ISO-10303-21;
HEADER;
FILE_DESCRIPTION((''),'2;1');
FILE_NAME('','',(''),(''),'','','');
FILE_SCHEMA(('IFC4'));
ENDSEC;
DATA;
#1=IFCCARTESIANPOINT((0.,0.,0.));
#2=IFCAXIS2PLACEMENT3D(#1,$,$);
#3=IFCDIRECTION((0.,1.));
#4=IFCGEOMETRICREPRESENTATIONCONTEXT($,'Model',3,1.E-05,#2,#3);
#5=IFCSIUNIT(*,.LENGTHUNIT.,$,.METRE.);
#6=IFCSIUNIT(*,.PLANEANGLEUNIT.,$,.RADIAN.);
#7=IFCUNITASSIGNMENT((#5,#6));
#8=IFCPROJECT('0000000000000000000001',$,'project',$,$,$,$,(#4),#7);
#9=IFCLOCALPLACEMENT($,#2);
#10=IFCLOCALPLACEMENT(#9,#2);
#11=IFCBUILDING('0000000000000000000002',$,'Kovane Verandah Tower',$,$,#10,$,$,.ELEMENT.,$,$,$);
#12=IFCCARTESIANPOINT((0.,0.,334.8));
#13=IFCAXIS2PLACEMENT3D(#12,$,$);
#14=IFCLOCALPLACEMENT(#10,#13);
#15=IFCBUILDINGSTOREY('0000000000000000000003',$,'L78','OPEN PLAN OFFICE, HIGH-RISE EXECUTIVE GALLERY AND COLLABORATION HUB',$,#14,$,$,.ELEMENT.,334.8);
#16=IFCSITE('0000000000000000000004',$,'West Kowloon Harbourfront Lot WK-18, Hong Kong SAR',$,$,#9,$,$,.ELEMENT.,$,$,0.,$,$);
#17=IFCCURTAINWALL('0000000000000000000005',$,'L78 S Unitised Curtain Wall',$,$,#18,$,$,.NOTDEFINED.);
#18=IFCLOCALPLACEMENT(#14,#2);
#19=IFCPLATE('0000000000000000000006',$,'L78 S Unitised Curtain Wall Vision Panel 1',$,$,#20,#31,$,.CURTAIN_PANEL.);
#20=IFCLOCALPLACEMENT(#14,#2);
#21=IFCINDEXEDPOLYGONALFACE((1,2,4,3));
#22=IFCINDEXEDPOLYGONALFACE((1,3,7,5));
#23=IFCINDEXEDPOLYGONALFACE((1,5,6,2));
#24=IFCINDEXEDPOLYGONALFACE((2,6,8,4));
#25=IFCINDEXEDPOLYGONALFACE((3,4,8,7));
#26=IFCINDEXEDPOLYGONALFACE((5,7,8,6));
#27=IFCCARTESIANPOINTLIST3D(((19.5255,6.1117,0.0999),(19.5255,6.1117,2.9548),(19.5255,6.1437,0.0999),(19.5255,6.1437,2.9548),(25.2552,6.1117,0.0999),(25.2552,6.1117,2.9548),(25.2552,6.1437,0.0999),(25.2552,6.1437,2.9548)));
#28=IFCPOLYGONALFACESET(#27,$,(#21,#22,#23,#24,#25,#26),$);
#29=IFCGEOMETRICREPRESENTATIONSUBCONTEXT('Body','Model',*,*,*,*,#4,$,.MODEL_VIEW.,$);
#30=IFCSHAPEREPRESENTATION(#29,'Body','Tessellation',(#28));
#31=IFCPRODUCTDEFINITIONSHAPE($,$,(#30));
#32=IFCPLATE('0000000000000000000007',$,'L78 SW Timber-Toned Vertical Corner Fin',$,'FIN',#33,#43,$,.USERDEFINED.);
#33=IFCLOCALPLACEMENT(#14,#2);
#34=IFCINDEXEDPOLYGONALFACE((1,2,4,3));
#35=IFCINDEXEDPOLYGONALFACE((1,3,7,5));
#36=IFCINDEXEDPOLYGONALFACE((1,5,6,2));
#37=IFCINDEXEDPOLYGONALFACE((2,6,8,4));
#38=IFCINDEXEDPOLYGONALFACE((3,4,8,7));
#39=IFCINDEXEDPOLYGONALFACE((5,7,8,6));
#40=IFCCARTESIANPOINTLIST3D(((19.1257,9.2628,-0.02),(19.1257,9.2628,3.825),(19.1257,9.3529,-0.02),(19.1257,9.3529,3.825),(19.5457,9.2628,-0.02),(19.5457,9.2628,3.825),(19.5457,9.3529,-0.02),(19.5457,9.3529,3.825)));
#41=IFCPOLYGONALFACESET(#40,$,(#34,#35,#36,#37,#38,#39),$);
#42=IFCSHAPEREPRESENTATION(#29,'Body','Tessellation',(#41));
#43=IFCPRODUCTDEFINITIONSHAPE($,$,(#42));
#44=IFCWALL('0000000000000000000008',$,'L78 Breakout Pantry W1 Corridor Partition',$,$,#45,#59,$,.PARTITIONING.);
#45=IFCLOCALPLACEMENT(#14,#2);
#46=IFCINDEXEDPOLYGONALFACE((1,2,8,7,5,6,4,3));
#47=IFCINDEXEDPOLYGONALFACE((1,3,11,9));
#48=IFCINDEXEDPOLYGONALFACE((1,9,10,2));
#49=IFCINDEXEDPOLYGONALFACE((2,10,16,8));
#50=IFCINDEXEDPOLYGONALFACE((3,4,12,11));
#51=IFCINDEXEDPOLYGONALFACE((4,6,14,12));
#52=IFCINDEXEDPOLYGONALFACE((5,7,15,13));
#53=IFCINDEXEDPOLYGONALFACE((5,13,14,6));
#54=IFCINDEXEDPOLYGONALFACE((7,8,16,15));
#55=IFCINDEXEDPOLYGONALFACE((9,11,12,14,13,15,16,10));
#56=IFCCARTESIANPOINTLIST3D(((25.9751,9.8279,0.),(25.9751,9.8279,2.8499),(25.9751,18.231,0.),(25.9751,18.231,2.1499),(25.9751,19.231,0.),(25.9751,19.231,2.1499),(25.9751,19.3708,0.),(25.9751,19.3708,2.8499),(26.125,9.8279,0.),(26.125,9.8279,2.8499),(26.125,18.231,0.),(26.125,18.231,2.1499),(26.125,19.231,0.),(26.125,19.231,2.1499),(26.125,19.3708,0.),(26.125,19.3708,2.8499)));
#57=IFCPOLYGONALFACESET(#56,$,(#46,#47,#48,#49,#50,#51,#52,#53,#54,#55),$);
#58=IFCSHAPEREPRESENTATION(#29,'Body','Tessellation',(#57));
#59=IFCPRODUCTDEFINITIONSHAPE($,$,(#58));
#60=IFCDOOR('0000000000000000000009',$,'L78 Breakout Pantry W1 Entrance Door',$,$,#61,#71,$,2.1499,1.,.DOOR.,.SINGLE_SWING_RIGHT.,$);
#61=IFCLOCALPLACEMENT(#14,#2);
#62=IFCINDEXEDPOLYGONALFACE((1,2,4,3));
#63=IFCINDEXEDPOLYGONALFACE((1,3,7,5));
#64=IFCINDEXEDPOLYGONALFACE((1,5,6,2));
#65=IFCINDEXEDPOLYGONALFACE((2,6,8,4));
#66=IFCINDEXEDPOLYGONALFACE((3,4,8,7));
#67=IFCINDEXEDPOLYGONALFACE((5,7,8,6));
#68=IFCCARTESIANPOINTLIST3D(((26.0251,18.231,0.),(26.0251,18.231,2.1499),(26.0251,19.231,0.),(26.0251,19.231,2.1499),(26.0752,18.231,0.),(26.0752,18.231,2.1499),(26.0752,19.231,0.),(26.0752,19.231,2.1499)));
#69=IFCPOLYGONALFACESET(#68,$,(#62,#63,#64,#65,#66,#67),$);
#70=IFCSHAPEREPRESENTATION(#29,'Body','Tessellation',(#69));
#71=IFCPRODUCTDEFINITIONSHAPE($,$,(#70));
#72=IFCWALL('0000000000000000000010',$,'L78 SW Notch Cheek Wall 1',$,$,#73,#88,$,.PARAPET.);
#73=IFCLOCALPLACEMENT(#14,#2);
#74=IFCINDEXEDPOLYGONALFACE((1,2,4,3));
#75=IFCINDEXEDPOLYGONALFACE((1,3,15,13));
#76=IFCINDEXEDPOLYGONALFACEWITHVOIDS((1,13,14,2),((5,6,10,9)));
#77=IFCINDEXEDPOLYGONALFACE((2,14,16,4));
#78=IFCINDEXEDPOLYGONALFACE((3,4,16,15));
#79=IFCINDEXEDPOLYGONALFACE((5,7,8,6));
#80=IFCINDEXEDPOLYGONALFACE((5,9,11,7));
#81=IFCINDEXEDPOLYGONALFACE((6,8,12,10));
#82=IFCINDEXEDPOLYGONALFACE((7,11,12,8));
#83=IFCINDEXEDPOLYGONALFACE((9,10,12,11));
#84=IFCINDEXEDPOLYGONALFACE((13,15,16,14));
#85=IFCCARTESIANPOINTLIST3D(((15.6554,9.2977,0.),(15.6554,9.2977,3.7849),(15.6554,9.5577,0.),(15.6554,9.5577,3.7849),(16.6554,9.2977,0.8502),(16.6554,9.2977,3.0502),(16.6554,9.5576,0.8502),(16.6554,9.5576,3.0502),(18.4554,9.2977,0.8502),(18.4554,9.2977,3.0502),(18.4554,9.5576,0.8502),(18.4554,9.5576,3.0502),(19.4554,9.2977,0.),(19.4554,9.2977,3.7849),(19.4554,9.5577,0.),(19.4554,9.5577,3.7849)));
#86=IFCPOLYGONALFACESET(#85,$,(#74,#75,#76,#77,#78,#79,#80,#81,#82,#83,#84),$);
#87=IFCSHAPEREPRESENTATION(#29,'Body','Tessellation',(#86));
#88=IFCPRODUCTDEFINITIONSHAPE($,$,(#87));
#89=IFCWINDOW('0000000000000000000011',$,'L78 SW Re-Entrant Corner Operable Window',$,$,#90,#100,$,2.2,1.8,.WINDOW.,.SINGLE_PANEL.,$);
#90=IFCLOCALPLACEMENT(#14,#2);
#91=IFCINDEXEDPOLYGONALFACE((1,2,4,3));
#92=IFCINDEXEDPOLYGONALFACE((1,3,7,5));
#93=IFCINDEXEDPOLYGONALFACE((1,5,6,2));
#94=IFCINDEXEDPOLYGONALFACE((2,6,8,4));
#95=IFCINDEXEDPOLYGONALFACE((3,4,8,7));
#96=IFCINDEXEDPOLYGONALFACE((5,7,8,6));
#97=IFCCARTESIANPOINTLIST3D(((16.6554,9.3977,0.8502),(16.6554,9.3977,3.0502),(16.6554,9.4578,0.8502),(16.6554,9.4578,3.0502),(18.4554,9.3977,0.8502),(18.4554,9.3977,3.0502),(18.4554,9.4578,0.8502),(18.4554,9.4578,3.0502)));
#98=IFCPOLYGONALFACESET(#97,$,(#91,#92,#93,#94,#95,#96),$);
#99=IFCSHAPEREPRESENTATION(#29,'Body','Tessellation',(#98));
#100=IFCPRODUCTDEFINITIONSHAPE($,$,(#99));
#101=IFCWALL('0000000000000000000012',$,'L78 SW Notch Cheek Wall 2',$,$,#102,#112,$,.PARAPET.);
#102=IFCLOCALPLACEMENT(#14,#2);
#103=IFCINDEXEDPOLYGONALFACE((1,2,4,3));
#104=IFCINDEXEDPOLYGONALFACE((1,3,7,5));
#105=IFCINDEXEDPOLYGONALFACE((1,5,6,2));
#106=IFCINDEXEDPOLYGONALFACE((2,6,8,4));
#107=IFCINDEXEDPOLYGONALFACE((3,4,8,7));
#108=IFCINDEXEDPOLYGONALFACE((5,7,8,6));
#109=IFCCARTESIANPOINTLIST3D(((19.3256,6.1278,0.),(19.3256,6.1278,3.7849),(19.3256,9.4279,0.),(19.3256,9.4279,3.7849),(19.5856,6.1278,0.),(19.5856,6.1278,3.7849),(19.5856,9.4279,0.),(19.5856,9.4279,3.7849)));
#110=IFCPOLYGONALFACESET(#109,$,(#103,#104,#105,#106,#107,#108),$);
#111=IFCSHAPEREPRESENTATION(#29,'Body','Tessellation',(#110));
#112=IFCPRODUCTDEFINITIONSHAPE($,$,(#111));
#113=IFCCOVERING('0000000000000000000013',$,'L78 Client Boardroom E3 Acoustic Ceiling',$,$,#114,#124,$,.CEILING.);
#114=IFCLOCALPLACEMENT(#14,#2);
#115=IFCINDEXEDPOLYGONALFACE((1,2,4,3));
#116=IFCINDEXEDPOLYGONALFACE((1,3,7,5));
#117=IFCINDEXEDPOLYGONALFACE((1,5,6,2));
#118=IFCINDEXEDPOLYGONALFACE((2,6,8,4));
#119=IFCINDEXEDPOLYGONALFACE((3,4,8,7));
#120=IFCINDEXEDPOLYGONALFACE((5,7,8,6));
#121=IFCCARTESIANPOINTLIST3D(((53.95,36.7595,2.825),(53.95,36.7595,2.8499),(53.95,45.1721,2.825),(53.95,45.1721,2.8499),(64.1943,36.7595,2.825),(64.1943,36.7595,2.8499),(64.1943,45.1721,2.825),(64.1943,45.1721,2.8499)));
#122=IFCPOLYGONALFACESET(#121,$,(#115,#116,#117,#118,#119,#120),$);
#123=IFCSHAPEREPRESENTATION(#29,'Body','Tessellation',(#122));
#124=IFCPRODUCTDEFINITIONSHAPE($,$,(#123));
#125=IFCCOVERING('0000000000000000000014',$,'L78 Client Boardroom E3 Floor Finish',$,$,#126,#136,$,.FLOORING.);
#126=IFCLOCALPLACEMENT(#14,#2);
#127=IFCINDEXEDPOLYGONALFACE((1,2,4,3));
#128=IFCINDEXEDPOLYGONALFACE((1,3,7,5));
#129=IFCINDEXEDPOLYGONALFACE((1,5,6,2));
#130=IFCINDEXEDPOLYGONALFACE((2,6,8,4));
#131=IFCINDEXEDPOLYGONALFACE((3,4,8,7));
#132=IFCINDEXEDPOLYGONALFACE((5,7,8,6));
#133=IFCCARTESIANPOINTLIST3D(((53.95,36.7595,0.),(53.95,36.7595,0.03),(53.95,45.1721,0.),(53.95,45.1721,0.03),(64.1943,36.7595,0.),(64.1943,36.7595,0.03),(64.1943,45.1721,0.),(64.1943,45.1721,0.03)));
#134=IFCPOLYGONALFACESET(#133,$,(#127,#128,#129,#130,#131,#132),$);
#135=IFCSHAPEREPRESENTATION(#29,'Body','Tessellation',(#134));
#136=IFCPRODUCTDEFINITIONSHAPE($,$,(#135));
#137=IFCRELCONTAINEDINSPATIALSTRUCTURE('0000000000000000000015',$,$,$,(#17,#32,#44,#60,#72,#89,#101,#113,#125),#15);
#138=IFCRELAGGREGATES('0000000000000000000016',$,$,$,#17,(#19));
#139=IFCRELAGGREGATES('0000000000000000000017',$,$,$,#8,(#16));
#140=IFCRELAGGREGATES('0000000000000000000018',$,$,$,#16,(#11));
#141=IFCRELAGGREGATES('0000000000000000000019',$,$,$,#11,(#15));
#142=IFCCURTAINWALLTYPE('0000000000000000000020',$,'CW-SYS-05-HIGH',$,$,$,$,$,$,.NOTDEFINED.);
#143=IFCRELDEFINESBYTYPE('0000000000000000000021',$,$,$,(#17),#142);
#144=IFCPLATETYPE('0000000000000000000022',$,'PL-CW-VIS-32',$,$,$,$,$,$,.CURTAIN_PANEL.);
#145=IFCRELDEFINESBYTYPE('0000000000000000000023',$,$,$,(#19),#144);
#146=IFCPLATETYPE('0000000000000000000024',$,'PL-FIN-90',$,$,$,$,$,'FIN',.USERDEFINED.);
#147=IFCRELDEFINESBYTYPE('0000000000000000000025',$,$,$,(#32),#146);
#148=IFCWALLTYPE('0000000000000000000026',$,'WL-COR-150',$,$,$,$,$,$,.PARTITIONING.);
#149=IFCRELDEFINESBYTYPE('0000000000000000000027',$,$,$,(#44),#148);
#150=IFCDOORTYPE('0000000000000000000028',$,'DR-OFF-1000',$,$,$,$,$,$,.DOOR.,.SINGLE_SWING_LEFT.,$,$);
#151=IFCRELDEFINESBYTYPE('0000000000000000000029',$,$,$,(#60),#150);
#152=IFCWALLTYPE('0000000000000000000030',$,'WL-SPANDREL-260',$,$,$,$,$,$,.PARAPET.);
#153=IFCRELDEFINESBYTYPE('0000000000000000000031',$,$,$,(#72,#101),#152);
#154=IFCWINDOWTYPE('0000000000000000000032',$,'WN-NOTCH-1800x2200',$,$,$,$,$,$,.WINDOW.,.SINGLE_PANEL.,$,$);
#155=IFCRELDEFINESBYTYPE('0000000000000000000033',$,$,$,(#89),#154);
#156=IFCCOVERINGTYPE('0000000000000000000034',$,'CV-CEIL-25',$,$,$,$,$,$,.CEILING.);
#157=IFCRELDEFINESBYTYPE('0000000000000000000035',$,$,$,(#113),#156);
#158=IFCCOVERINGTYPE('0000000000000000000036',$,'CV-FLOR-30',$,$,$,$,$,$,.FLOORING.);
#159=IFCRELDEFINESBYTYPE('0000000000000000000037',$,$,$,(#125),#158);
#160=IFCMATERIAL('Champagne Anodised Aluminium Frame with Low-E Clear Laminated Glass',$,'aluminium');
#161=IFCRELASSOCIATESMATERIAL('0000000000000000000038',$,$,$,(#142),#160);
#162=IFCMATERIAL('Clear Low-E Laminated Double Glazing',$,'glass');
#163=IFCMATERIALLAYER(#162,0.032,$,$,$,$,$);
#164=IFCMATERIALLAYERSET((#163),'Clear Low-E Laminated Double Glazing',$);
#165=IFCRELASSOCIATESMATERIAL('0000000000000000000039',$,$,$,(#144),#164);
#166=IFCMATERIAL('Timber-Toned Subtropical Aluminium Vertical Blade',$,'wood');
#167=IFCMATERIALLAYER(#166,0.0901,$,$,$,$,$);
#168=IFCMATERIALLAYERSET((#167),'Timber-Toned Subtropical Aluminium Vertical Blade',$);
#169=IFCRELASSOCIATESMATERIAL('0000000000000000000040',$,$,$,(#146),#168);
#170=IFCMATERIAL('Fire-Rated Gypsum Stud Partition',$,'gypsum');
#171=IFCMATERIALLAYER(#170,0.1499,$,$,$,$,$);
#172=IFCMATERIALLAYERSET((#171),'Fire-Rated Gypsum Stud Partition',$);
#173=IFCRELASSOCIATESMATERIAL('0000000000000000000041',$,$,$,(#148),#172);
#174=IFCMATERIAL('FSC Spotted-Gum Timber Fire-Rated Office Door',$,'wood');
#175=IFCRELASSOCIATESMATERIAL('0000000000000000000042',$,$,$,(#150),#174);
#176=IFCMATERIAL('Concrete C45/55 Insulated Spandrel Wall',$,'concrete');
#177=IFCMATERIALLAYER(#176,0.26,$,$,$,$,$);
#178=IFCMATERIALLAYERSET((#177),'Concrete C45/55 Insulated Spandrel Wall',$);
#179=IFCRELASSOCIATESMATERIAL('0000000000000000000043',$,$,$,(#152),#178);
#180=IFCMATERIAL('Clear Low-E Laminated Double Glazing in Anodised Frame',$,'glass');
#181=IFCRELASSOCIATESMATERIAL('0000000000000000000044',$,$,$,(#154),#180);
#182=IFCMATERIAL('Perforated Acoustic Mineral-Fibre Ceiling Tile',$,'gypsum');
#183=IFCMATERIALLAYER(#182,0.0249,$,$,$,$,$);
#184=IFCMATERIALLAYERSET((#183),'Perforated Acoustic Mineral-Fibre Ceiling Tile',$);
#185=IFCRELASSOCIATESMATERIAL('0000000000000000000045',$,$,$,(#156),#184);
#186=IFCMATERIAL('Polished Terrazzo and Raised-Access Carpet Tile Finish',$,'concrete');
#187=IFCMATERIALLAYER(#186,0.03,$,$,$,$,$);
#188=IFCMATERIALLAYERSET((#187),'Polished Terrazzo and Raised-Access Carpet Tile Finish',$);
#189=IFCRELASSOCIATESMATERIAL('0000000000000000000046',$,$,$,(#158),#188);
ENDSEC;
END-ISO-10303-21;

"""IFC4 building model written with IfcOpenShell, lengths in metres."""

from ifc_helpers import new_model, si_unit, direction, frame, frame_2d, origin, origin_2d, place, context, subcontext, project, spatial, polyline, rectangle, outline, extrude, material, layer, layer_set, type_object, element, fill, aggregate, save


model = new_model("IFC4")

# Units and contexts
model_context = context("Model", 3, precision=1e-05, world=origin(), true_north=direction((0.0, 1.0)))
body_context = subcontext(model_context, "Body", "Model", "MODEL_VIEW")
ifc_project = project(units=[si_unit("LENGTHUNIT", "METRE"), si_unit("PLANEANGLEUNIT", "RADIAN")], contexts=[model_context])

# Site, building, storey
site_placement = place(None, origin())
site = spatial("IfcSite", under=ifc_project, at=site_placement, Name="West Kowloon Harbourfront Lot WK-18, Hong Kong SAR", CompositionType="ELEMENT", RefElevation=0.0)
building_placement = place(site_placement, origin())
building = spatial("IfcBuilding", under=site, at=building_placement, Name="Kovane Verandah Tower", CompositionType="ELEMENT")
storey_placement = place(building_placement, frame((0.0, 0.0, 334.8)))
storey = spatial("IfcBuildingStorey", under=building, at=storey_placement, Name="L78", Description="OPEN PLAN OFFICE, HIGH-RISE EXECUTIVE GALLERY AND COLLABORATION HUB", CompositionType="ELEMENT", Elevation=334.8)

# Curtain wall
ifc_material_1 = material(Name="Champagne Anodised Aluminium Frame with Low-E Clear Laminated Glass", Category="aluminium")
curtain_wall_type = type_object("IfcCurtainWallType", Name="CW-SYS-05-HIGH", PredefinedType="NOTDEFINED", material=ifc_material_1)
curtain_wall_placement = place(storey_placement, origin())
curtain_wall = element("IfcCurtainWall", 1, at=curtain_wall_placement, inside=storey, type_object=curtain_wall_type, Name="L78 S Unitised Curtain Wall", PredefinedType="NOTDEFINED")

# Plates
ifc_material_2 = material(Name="Clear Low-E Laminated Double Glazing", Category="glass")
ifc_layer_1 = layer(ifc_material_2, 0.032)
ifc_layer_set_1 = layer_set([ifc_layer_1], Name="Clear Low-E Laminated Double Glazing")
plate_type_1 = type_object("IfcPlateType", Name="PL-CW-VIS-32", PredefinedType="CURTAIN_PANEL", material=ifc_layer_set_1)
plate_1_placement = place(storey_placement, frame((22.3904, 6.1277, 0.0999), z_axis=(0.0, 0.0, 1.0), x_axis=(1.0, 0.0, 0.0)))
plate_1 = element("IfcPlate", 2, at=plate_1_placement, type_object=plate_type_1, Name="L78 S Unitised Curtain Wall Vision Panel 1", PredefinedType="CURTAIN_PANEL", context=body_context, shape_type="SweptSolid", body=[
    extrude(rectangle(XDim=5.7297, YDim=0.032, at=origin_2d()), origin(), (0.0, 0.0, 1.0), 2.855),
])
aggregate(curtain_wall, [plate_1])
ifc_material_3 = material(Name="Timber-Toned Subtropical Aluminium Vertical Blade", Category="wood")
ifc_layer_2 = layer(ifc_material_3, 0.0901)
ifc_layer_set_2 = layer_set([ifc_layer_2], Name="Timber-Toned Subtropical Aluminium Vertical Blade")
plate_type_2 = type_object("IfcPlateType", Name="PL-FIN-90", ElementType="FIN", PredefinedType="USERDEFINED", material=ifc_layer_set_2)
plate_2_placement = place(storey_placement, frame((19.3357, 9.3079, -0.02), z_axis=(0.0, 0.0, 1.0), x_axis=(1.0, 0.0, 0.0)))
element("IfcPlate", 3, at=plate_2_placement, inside=storey, type_object=plate_type_2, Name="L78 SW Timber-Toned Vertical Corner Fin", ObjectType="FIN", PredefinedType="USERDEFINED", context=body_context, shape_type="SweptSolid", body=[
    extrude(rectangle(XDim=0.4199, YDim=0.0901, at=origin_2d()), origin(), (0.0, 0.0, 1.0), 3.845),
])

# Wall, opening, door
ifc_material_4 = material(Name="Fire-Rated Gypsum Stud Partition", Category="gypsum")
ifc_layer_3 = layer(ifc_material_4, 0.1499)
ifc_layer_set_3 = layer_set([ifc_layer_3], Name="Fire-Rated Gypsum Stud Partition")
wall_type_1 = type_object("IfcWallType", Name="WL-COR-150", PredefinedType="PARTITIONING", material=ifc_layer_set_3)
wall_1_placement = place(storey_placement, frame((26.05, 9.8279, 0.0), z_axis=(0.0, 0.0, 1.0), x_axis=(0.0, 1.0, 0.0)))
wall_1 = element("IfcWall", 4, at=wall_1_placement, inside=storey, type_object=wall_type_1, Name="L78 Breakout Pantry W1 Corridor Partition", PredefinedType="PARTITIONING", context=body_context, shape_type="SweptSolid", body=[
    extrude(rectangle(XDim=9.543, YDim=0.1499, at=frame_2d((4.7715, 0.0))), origin(), (0.0, 0.0, 1.0), 2.8499),
])
opening_1_placement = place(wall_1_placement, frame((8.4031, 0.0, 0.0)))
opening_1 = element("IfcOpeningElement", 5, at=opening_1_placement, cuts=wall_1, PredefinedType="OPENING", context=body_context, shape_type="SweptSolid", body=[
    extrude(rectangle(XDim=1.0, YDim=2.1499, at=frame_2d((0.5, 1.075))), frame((0.0, 0.075, 0.0), z_axis=(0.0, -1.0, 0.0), x_axis=(1.0, 0.0, 0.0)), (0.0, 0.0, 1.0), 0.1499),
])
ifc_material_5 = material(Name="FSC Spotted-Gum Timber Fire-Rated Office Door", Category="wood")
door_type = type_object("IfcDoorType", Name="DR-OFF-1000", OperationType="SINGLE_SWING_LEFT", PredefinedType="DOOR", material=ifc_material_5)
door_placement = place(opening_1_placement, origin())
door = element("IfcDoor", 6, at=door_placement, inside=storey, type_object=door_type, Name="L78 Breakout Pantry W1 Entrance Door", OperationType="SINGLE_SWING_RIGHT", OverallHeight=2.1499, OverallWidth=1.0, PredefinedType="DOOR", context=body_context, shape_type="SweptSolid", body=[
    extrude(rectangle(XDim=1.0, YDim=2.1499, at=frame_2d((0.5, 1.075))), frame((0.0, 0.0249, 0.0), z_axis=(0.0, -1.0, 0.0), x_axis=(1.0, 0.0, 0.0)), (0.0, 0.0, 1.0), 0.05),
])
fill(opening_1, door)

# Wall, opening, window
ifc_material_6 = material(Name="Concrete C45/55 Insulated Spandrel Wall", Category="concrete")
ifc_layer_4 = layer(ifc_material_6, 0.26)
ifc_layer_set_4 = layer_set([ifc_layer_4], Name="Concrete C45/55 Insulated Spandrel Wall")
wall_type_2 = type_object("IfcWallType", Name="WL-SPANDREL-260", PredefinedType="PARAPET", material=ifc_layer_set_4)
wall_2_placement = place(storey_placement, frame((15.6555, 9.4277, 0.0), z_axis=(0.0, 0.0, 1.0), x_axis=(1.0, 0.0, 0.0)))
wall_2 = element("IfcWall", 7, at=wall_2_placement, inside=storey, type_object=wall_type_2, Name="L78 SW Notch Cheek Wall 1", PredefinedType="PARAPET", context=body_context, shape_type="SweptSolid", body=[
    extrude(rectangle(XDim=3.8, YDim=0.26, at=frame_2d((1.8999, 0.0))), origin(), (0.0, 0.0, 1.0), 3.7849),
])
opening_2_placement = place(wall_2_placement, frame((1.0, 0.0, 0.8501)))
opening_2 = element("IfcOpeningElement", 8, at=opening_2_placement, cuts=wall_2, PredefinedType="OPENING", context=body_context, shape_type="SweptSolid", body=[
    extrude(rectangle(XDim=1.8, YDim=2.2, at=frame_2d((0.8999, 1.1001))), frame((0.0, 0.1299, 0.0), z_axis=(0.0, -1.0, 0.0), x_axis=(1.0, 0.0, 0.0)), (0.0, 0.0, 1.0), 0.26),
])
ifc_material_7 = material(Name="Clear Low-E Laminated Double Glazing in Anodised Frame", Category="glass")
window_type = type_object("IfcWindowType", Name="WN-NOTCH-1800x2200", PartitioningType="SINGLE_PANEL", PredefinedType="WINDOW", material=ifc_material_7)
window_placement = place(opening_2_placement, origin())
window = element("IfcWindow", 9, at=window_placement, inside=storey, type_object=window_type, Name="L78 SW Re-Entrant Corner Operable Window", OverallHeight=2.2, OverallWidth=1.8, PartitioningType="SINGLE_PANEL", PredefinedType="WINDOW", context=body_context, shape_type="SweptSolid", body=[
    extrude(rectangle(XDim=1.8, YDim=2.2, at=frame_2d((0.8999, 1.1001))), frame((0.0, 0.03, 0.0), z_axis=(0.0, -1.0, 0.0), x_axis=(1.0, 0.0, 0.0)), (0.0, 0.0, 1.0), 0.0601),
])
fill(opening_2, window)

# Wall
wall_3_placement = place(storey_placement, frame((19.4556, 9.4277, 0.0), z_axis=(0.0, 0.0, 1.0), x_axis=(0.0, -1.0, 0.0)))
element("IfcWall", 10, at=wall_3_placement, inside=storey, type_object=wall_type_2, Name="L78 SW Notch Cheek Wall 2", PredefinedType="PARAPET", context=body_context, shape_type="SweptSolid", body=[
    extrude(rectangle(XDim=3.3, YDim=0.26, at=frame_2d((1.6499, 0.0))), origin(), (0.0, 0.0, 1.0), 3.7849),
])

# Coverings
ifc_material_8 = material(Name="Perforated Acoustic Mineral-Fibre Ceiling Tile", Category="gypsum")
ifc_layer_5 = layer(ifc_material_8, 0.0249)
ifc_layer_set_5 = layer_set([ifc_layer_5], Name="Perforated Acoustic Mineral-Fibre Ceiling Tile")
covering_type_1 = type_object("IfcCoveringType", Name="CV-CEIL-25", PredefinedType="CEILING", material=ifc_layer_set_5)
covering_1_placement = place(storey_placement, frame((0.0, 0.0, 2.825)))
element("IfcCovering", 11, at=covering_1_placement, inside=storey, type_object=covering_type_1, Name="L78 Client Boardroom E3 Acoustic Ceiling", PredefinedType="CEILING", context=body_context, shape_type="SweptSolid", body=[
    extrude(outline(polyline([(53.95, 36.7595), (64.1943, 36.7595), (64.1943, 45.1721), (53.95, 45.1721), (53.95, 36.7595)])), origin(), (0.0, 0.0, 1.0), 0.0249),
])
ifc_material_9 = material(Name="Polished Terrazzo and Raised-Access Carpet Tile Finish", Category="concrete")
ifc_layer_6 = layer(ifc_material_9, 0.03)
ifc_layer_set_6 = layer_set([ifc_layer_6], Name="Polished Terrazzo and Raised-Access Carpet Tile Finish")
covering_type_2 = type_object("IfcCoveringType", Name="CV-FLOR-30", PredefinedType="FLOORING", material=ifc_layer_set_6)
covering_2_placement = place(storey_placement, origin())
element("IfcCovering", 12, at=covering_2_placement, inside=storey, type_object=covering_type_2, Name="L78 Client Boardroom E3 Floor Finish", PredefinedType="FLOORING", context=body_context, shape_type="SweptSolid", body=[
    extrude(outline(polyline([(53.95, 36.7595), (64.1943, 36.7595), (64.1943, 45.1721), (53.95, 45.1721), (53.95, 36.7595)])), origin(), (0.0, 0.0, 1.0), 0.03),
])

save(model, "model.ifc")
